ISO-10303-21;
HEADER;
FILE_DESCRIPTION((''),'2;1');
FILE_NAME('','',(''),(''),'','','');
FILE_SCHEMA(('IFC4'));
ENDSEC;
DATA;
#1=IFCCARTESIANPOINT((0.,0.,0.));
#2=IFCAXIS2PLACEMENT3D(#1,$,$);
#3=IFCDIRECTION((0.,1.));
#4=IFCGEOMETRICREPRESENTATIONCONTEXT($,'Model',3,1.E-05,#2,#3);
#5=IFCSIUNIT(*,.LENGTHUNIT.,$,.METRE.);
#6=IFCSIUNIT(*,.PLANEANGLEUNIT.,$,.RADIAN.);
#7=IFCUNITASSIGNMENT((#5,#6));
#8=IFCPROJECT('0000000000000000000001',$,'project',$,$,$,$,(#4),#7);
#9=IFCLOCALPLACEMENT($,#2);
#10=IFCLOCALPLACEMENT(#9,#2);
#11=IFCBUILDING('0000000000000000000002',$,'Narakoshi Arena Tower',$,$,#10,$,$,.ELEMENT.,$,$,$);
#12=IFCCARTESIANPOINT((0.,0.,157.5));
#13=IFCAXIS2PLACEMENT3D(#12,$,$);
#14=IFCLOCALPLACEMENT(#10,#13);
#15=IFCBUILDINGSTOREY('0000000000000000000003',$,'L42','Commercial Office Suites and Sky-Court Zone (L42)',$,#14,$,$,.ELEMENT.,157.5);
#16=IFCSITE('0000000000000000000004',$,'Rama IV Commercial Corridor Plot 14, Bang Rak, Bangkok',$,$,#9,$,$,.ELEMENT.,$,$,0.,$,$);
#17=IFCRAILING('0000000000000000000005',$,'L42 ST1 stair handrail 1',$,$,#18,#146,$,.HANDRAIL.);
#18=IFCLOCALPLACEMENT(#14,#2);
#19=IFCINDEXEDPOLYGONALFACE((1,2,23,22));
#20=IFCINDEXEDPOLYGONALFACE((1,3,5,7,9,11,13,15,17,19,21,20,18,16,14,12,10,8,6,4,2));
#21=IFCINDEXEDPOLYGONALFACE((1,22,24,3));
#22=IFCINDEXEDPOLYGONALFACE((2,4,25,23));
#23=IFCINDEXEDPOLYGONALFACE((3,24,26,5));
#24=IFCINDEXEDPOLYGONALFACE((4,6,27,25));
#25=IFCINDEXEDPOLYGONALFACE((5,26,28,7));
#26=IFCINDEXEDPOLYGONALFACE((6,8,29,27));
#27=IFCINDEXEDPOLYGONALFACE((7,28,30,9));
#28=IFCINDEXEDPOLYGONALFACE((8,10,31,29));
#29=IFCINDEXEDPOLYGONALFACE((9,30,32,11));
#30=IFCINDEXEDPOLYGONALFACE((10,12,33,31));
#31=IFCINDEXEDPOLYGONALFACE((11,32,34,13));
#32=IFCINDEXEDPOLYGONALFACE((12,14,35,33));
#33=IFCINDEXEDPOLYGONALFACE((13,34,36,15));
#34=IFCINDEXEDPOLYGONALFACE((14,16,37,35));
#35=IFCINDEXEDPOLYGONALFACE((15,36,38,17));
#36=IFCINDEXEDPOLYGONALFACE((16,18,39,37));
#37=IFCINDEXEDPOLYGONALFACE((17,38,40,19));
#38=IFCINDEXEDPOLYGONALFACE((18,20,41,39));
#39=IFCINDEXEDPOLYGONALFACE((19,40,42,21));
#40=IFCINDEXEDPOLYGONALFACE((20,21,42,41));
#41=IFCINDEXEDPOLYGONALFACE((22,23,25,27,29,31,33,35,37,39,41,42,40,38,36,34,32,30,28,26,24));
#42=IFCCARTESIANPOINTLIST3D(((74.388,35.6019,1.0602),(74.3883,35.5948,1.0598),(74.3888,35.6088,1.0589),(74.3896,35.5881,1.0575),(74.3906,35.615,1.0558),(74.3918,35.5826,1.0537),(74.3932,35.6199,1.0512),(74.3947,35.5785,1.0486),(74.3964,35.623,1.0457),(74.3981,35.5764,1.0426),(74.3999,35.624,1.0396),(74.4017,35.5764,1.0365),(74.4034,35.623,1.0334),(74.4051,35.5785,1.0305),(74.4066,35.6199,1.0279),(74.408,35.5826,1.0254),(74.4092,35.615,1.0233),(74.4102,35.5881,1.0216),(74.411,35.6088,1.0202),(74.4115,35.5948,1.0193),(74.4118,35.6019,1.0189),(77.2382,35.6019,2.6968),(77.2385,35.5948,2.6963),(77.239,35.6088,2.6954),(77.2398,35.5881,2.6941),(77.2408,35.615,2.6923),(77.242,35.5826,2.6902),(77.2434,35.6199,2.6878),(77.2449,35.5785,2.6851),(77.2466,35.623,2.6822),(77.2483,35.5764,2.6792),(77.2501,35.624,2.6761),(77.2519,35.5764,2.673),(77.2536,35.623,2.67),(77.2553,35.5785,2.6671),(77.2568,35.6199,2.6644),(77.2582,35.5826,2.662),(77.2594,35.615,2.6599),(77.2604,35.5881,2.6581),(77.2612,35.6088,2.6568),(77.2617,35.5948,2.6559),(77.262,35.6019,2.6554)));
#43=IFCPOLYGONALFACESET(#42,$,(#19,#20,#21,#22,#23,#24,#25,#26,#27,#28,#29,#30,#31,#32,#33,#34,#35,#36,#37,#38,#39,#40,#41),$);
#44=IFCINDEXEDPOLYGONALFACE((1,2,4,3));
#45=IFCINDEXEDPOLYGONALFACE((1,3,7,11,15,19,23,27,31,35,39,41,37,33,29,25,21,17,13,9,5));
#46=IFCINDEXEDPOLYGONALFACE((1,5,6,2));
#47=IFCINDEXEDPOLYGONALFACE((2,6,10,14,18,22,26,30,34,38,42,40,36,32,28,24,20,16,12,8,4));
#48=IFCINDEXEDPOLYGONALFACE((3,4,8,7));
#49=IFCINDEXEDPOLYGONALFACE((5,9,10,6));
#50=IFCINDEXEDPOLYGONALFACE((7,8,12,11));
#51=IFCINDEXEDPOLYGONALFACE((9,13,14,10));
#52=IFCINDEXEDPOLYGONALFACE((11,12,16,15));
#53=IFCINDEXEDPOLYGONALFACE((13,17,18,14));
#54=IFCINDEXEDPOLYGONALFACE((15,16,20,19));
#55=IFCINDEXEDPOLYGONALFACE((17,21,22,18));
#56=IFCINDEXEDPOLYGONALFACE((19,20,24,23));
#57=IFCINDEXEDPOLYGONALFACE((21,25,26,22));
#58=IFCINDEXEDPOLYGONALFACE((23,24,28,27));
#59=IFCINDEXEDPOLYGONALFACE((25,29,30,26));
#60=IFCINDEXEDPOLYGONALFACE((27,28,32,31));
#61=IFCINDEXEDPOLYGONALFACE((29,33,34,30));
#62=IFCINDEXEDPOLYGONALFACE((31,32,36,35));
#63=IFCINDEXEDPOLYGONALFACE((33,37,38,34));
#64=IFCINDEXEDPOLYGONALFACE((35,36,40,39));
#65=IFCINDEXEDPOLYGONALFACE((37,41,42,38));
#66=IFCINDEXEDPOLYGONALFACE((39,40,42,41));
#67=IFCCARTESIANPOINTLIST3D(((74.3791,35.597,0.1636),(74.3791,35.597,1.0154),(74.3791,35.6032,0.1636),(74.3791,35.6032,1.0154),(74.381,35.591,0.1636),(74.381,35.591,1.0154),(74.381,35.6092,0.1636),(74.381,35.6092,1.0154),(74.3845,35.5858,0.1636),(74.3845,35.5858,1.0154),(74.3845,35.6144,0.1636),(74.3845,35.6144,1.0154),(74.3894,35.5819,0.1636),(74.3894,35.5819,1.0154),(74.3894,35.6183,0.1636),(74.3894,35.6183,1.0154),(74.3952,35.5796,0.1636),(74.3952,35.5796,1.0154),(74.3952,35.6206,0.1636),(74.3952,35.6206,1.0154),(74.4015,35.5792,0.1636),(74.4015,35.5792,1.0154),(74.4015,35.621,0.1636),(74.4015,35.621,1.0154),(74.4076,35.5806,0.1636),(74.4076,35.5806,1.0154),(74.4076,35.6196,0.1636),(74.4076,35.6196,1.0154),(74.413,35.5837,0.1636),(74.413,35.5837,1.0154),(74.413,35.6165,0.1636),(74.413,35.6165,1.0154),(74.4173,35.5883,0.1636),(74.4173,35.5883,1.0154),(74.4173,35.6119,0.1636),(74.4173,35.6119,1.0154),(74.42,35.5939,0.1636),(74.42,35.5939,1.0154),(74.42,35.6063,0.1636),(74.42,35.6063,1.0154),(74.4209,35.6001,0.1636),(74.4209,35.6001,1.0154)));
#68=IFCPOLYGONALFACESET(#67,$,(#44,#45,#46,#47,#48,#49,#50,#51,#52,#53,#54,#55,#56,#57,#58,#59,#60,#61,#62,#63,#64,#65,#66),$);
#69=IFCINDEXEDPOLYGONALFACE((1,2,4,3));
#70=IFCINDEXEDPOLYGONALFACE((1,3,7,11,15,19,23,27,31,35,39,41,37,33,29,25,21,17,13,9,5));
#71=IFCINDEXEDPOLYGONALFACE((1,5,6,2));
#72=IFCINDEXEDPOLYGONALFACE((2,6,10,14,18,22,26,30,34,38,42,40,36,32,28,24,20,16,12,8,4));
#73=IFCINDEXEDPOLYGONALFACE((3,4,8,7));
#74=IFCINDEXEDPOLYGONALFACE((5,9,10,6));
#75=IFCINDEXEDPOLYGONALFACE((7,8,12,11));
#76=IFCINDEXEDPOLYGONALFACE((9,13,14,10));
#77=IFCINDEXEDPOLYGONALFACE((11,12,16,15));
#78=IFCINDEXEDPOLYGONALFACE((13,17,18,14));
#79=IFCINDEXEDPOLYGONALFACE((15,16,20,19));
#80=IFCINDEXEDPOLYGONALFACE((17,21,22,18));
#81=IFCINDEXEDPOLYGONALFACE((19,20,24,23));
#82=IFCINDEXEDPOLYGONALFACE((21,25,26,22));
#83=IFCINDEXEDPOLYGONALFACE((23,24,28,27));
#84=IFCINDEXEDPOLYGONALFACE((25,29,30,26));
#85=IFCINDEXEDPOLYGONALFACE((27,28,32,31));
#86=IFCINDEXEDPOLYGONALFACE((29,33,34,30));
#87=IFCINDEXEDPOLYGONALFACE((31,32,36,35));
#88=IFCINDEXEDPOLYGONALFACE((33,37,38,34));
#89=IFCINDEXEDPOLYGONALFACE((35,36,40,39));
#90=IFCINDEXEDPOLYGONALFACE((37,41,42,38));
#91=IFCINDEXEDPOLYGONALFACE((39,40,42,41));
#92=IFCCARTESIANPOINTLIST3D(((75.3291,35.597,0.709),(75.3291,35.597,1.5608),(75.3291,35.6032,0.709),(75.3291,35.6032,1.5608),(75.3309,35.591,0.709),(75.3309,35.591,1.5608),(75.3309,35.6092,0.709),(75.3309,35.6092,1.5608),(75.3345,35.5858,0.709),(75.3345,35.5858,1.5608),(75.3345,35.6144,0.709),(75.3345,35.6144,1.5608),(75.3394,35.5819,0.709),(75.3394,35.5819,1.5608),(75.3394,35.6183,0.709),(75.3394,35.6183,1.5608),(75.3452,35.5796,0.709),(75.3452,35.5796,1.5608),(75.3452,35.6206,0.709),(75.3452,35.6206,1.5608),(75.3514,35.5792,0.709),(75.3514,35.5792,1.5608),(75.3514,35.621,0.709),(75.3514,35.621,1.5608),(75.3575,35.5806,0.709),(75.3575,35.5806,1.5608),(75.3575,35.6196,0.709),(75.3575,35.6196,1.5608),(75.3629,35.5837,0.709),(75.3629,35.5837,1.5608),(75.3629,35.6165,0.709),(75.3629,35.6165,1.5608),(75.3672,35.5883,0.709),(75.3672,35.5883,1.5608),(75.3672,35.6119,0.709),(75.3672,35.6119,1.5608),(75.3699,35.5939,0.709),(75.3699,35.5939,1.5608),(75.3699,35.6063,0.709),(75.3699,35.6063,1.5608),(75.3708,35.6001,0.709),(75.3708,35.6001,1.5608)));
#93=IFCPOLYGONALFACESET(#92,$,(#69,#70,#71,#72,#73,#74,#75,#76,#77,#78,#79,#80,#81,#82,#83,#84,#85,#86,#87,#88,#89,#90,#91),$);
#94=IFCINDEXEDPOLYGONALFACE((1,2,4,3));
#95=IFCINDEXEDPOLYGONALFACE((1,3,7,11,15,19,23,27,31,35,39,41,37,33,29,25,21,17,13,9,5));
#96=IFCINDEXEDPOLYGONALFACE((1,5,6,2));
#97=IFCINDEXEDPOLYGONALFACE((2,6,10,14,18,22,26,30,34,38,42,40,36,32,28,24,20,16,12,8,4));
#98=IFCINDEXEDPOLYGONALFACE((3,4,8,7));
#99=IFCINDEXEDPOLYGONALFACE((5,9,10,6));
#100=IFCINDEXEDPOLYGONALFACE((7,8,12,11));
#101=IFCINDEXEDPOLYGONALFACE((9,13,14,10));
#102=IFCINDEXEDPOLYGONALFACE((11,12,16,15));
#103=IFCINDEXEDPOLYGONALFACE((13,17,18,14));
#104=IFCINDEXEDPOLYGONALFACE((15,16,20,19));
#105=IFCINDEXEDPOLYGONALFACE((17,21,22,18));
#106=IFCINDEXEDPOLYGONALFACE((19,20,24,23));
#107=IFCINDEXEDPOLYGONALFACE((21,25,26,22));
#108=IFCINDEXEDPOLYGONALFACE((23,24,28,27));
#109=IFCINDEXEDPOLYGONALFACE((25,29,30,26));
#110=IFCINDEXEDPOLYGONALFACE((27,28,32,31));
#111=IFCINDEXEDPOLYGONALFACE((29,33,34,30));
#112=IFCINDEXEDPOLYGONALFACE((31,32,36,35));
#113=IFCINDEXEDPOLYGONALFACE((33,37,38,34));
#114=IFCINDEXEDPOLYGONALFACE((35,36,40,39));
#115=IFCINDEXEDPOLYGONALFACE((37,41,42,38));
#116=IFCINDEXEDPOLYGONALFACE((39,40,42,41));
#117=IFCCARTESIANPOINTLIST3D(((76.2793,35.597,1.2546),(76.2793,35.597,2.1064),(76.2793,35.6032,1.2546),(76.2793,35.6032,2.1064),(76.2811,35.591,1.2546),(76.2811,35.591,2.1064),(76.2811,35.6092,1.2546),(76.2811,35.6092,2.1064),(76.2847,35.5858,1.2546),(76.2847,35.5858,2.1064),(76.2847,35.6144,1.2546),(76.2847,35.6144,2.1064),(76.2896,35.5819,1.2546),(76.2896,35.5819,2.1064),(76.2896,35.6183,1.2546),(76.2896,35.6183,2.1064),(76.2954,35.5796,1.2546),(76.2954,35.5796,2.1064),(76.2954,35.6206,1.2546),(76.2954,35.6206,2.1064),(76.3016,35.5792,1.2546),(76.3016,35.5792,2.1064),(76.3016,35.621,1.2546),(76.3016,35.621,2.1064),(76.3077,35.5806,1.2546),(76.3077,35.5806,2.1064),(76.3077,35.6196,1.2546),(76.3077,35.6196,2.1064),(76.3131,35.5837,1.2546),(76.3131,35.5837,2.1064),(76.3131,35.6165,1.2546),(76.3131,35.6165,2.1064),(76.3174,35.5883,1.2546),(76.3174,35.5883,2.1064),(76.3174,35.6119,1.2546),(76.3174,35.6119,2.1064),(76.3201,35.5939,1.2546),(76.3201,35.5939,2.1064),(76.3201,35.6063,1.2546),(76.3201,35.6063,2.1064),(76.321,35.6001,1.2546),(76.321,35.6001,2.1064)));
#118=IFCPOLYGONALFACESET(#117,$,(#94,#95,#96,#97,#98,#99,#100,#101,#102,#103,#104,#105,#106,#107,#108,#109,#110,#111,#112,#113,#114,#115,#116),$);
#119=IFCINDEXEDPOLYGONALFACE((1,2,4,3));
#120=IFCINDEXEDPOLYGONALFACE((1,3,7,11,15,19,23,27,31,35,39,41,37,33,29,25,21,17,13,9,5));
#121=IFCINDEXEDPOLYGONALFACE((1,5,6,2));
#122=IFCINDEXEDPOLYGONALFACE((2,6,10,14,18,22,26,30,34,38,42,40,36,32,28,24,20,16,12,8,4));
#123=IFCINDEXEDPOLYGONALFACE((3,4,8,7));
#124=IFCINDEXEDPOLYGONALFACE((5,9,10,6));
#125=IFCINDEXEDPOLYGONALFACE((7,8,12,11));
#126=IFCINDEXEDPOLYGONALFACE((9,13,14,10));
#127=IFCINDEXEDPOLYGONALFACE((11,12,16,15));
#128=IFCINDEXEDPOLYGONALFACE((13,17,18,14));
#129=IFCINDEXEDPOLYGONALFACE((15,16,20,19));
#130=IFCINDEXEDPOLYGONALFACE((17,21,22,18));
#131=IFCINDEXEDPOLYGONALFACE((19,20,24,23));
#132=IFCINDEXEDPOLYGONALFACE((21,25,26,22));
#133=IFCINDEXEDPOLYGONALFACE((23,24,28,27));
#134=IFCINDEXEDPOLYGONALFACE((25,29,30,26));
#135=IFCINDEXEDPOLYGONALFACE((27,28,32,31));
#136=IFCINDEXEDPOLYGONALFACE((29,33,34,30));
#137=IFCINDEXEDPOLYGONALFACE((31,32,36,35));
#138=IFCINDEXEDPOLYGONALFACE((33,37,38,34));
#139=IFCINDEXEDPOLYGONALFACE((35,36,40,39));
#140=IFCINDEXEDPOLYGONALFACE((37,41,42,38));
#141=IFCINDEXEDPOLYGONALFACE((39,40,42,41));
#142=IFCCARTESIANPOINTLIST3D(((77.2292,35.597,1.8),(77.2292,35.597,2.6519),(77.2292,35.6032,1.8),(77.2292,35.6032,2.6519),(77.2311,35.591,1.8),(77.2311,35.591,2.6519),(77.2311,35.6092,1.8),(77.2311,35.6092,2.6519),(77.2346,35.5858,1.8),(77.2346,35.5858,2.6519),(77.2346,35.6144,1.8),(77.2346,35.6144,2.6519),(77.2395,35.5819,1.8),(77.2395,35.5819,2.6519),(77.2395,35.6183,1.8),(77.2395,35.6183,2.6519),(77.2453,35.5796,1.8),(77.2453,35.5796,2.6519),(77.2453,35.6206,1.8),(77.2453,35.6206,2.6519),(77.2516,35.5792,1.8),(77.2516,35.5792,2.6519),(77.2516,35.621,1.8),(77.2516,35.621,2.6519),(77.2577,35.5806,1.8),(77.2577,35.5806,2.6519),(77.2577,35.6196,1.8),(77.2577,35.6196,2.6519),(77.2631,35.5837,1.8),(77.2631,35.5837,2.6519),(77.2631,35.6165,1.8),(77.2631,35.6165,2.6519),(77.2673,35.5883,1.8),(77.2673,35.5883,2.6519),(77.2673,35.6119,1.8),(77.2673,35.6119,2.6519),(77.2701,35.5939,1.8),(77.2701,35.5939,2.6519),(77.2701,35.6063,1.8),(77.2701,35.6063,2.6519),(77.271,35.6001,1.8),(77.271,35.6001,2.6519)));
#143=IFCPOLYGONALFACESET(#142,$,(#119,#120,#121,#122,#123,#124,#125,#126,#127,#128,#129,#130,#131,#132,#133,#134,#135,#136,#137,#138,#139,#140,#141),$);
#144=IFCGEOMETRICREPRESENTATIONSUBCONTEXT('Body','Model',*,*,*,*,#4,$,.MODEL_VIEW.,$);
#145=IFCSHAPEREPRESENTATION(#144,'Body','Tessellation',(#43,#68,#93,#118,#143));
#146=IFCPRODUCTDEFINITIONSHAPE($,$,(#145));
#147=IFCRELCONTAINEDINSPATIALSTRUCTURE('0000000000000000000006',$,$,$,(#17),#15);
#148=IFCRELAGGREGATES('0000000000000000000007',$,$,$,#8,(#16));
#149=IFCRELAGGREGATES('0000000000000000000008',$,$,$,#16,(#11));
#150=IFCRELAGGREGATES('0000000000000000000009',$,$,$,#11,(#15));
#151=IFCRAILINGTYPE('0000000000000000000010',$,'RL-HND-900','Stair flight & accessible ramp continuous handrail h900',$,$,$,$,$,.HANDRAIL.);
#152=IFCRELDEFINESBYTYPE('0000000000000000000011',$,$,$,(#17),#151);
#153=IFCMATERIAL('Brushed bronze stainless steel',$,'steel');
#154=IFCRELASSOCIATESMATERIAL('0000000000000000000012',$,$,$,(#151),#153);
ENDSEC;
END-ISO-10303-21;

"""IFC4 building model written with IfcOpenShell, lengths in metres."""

from ifc_helpers import new_model, si_unit, direction, frame, origin, origin_2d, place, context, subcontext, project, spatial, circle, extrude, material, type_object, element, save


model = new_model("IFC4")

# Units and contexts
model_context = context("Model", 3, precision=1e-05, world=origin(), true_north=direction((0.0, 1.0)))
body_context = subcontext(model_context, "Body", "Model", "MODEL_VIEW")
ifc_project = project(units=[si_unit("LENGTHUNIT", "METRE"), si_unit("PLANEANGLEUNIT", "RADIAN")], contexts=[model_context])

# Site, building, storey
site_placement = place(None, origin())
site = spatial("IfcSite", under=ifc_project, at=site_placement, Name="Rama IV Commercial Corridor Plot 14, Bang Rak, Bangkok", CompositionType="ELEMENT", RefElevation=0.0)
building_placement = place(site_placement, origin())
building = spatial("IfcBuilding", under=site, at=building_placement, Name="Narakoshi Arena Tower", CompositionType="ELEMENT")
storey_placement = place(building_placement, frame((0.0, 0.0, 157.5)))
storey = spatial("IfcBuildingStorey", under=building, at=storey_placement, Name="L42", Description="Commercial Office Suites and Sky-Court Zone (L42)", CompositionType="ELEMENT", Elevation=157.5)

# Railing
ifc_material_1 = material(Name="Brushed bronze stainless steel", Category="steel")
railing_type_1 = type_object("IfcRailingType", Name="RL-HND-900", Description="Stair flight & accessible ramp continuous handrail h900", PredefinedType="HANDRAIL", material=ifc_material_1)
railing_1_placement = place(storey_placement, frame((74.3999, 35.6001, 0.1636)))
element("IfcRailing", 1, at=railing_1_placement, inside=storey, type_object=railing_type_1, Name="L42 ST1 stair handrail 1", PredefinedType="HANDRAIL", context=body_context, shape_type="SweptSolid", body=[
    extrude(circle(Radius=0.0239, at=origin_2d()), frame((0.0, 0.0, 0.876), z_axis=(0.867213, 0.0, 0.497938), x_axis=(0.0, 1.0, 0.0)), (0.0, 0.0, 1.0), 3.2866),
    extrude(circle(Radius=0.021, at=origin_2d()), origin(), (0.0, 0.0, 1.0), 0.8518),
    extrude(circle(Radius=0.021, at=origin_2d()), frame((0.95, 0.0, 0.5454)), (0.0, 0.0, 1.0), 0.8518),
    extrude(circle(Radius=0.021, at=origin_2d()), frame((1.9001, 0.0, 1.0911)), (0.0, 0.0, 1.0), 0.8518),
    extrude(circle(Radius=0.021, at=origin_2d()), frame((2.8501, 0.0, 1.6365)), (0.0, 0.0, 1.0), 0.8518),
])

save(model, "model.ifc")
